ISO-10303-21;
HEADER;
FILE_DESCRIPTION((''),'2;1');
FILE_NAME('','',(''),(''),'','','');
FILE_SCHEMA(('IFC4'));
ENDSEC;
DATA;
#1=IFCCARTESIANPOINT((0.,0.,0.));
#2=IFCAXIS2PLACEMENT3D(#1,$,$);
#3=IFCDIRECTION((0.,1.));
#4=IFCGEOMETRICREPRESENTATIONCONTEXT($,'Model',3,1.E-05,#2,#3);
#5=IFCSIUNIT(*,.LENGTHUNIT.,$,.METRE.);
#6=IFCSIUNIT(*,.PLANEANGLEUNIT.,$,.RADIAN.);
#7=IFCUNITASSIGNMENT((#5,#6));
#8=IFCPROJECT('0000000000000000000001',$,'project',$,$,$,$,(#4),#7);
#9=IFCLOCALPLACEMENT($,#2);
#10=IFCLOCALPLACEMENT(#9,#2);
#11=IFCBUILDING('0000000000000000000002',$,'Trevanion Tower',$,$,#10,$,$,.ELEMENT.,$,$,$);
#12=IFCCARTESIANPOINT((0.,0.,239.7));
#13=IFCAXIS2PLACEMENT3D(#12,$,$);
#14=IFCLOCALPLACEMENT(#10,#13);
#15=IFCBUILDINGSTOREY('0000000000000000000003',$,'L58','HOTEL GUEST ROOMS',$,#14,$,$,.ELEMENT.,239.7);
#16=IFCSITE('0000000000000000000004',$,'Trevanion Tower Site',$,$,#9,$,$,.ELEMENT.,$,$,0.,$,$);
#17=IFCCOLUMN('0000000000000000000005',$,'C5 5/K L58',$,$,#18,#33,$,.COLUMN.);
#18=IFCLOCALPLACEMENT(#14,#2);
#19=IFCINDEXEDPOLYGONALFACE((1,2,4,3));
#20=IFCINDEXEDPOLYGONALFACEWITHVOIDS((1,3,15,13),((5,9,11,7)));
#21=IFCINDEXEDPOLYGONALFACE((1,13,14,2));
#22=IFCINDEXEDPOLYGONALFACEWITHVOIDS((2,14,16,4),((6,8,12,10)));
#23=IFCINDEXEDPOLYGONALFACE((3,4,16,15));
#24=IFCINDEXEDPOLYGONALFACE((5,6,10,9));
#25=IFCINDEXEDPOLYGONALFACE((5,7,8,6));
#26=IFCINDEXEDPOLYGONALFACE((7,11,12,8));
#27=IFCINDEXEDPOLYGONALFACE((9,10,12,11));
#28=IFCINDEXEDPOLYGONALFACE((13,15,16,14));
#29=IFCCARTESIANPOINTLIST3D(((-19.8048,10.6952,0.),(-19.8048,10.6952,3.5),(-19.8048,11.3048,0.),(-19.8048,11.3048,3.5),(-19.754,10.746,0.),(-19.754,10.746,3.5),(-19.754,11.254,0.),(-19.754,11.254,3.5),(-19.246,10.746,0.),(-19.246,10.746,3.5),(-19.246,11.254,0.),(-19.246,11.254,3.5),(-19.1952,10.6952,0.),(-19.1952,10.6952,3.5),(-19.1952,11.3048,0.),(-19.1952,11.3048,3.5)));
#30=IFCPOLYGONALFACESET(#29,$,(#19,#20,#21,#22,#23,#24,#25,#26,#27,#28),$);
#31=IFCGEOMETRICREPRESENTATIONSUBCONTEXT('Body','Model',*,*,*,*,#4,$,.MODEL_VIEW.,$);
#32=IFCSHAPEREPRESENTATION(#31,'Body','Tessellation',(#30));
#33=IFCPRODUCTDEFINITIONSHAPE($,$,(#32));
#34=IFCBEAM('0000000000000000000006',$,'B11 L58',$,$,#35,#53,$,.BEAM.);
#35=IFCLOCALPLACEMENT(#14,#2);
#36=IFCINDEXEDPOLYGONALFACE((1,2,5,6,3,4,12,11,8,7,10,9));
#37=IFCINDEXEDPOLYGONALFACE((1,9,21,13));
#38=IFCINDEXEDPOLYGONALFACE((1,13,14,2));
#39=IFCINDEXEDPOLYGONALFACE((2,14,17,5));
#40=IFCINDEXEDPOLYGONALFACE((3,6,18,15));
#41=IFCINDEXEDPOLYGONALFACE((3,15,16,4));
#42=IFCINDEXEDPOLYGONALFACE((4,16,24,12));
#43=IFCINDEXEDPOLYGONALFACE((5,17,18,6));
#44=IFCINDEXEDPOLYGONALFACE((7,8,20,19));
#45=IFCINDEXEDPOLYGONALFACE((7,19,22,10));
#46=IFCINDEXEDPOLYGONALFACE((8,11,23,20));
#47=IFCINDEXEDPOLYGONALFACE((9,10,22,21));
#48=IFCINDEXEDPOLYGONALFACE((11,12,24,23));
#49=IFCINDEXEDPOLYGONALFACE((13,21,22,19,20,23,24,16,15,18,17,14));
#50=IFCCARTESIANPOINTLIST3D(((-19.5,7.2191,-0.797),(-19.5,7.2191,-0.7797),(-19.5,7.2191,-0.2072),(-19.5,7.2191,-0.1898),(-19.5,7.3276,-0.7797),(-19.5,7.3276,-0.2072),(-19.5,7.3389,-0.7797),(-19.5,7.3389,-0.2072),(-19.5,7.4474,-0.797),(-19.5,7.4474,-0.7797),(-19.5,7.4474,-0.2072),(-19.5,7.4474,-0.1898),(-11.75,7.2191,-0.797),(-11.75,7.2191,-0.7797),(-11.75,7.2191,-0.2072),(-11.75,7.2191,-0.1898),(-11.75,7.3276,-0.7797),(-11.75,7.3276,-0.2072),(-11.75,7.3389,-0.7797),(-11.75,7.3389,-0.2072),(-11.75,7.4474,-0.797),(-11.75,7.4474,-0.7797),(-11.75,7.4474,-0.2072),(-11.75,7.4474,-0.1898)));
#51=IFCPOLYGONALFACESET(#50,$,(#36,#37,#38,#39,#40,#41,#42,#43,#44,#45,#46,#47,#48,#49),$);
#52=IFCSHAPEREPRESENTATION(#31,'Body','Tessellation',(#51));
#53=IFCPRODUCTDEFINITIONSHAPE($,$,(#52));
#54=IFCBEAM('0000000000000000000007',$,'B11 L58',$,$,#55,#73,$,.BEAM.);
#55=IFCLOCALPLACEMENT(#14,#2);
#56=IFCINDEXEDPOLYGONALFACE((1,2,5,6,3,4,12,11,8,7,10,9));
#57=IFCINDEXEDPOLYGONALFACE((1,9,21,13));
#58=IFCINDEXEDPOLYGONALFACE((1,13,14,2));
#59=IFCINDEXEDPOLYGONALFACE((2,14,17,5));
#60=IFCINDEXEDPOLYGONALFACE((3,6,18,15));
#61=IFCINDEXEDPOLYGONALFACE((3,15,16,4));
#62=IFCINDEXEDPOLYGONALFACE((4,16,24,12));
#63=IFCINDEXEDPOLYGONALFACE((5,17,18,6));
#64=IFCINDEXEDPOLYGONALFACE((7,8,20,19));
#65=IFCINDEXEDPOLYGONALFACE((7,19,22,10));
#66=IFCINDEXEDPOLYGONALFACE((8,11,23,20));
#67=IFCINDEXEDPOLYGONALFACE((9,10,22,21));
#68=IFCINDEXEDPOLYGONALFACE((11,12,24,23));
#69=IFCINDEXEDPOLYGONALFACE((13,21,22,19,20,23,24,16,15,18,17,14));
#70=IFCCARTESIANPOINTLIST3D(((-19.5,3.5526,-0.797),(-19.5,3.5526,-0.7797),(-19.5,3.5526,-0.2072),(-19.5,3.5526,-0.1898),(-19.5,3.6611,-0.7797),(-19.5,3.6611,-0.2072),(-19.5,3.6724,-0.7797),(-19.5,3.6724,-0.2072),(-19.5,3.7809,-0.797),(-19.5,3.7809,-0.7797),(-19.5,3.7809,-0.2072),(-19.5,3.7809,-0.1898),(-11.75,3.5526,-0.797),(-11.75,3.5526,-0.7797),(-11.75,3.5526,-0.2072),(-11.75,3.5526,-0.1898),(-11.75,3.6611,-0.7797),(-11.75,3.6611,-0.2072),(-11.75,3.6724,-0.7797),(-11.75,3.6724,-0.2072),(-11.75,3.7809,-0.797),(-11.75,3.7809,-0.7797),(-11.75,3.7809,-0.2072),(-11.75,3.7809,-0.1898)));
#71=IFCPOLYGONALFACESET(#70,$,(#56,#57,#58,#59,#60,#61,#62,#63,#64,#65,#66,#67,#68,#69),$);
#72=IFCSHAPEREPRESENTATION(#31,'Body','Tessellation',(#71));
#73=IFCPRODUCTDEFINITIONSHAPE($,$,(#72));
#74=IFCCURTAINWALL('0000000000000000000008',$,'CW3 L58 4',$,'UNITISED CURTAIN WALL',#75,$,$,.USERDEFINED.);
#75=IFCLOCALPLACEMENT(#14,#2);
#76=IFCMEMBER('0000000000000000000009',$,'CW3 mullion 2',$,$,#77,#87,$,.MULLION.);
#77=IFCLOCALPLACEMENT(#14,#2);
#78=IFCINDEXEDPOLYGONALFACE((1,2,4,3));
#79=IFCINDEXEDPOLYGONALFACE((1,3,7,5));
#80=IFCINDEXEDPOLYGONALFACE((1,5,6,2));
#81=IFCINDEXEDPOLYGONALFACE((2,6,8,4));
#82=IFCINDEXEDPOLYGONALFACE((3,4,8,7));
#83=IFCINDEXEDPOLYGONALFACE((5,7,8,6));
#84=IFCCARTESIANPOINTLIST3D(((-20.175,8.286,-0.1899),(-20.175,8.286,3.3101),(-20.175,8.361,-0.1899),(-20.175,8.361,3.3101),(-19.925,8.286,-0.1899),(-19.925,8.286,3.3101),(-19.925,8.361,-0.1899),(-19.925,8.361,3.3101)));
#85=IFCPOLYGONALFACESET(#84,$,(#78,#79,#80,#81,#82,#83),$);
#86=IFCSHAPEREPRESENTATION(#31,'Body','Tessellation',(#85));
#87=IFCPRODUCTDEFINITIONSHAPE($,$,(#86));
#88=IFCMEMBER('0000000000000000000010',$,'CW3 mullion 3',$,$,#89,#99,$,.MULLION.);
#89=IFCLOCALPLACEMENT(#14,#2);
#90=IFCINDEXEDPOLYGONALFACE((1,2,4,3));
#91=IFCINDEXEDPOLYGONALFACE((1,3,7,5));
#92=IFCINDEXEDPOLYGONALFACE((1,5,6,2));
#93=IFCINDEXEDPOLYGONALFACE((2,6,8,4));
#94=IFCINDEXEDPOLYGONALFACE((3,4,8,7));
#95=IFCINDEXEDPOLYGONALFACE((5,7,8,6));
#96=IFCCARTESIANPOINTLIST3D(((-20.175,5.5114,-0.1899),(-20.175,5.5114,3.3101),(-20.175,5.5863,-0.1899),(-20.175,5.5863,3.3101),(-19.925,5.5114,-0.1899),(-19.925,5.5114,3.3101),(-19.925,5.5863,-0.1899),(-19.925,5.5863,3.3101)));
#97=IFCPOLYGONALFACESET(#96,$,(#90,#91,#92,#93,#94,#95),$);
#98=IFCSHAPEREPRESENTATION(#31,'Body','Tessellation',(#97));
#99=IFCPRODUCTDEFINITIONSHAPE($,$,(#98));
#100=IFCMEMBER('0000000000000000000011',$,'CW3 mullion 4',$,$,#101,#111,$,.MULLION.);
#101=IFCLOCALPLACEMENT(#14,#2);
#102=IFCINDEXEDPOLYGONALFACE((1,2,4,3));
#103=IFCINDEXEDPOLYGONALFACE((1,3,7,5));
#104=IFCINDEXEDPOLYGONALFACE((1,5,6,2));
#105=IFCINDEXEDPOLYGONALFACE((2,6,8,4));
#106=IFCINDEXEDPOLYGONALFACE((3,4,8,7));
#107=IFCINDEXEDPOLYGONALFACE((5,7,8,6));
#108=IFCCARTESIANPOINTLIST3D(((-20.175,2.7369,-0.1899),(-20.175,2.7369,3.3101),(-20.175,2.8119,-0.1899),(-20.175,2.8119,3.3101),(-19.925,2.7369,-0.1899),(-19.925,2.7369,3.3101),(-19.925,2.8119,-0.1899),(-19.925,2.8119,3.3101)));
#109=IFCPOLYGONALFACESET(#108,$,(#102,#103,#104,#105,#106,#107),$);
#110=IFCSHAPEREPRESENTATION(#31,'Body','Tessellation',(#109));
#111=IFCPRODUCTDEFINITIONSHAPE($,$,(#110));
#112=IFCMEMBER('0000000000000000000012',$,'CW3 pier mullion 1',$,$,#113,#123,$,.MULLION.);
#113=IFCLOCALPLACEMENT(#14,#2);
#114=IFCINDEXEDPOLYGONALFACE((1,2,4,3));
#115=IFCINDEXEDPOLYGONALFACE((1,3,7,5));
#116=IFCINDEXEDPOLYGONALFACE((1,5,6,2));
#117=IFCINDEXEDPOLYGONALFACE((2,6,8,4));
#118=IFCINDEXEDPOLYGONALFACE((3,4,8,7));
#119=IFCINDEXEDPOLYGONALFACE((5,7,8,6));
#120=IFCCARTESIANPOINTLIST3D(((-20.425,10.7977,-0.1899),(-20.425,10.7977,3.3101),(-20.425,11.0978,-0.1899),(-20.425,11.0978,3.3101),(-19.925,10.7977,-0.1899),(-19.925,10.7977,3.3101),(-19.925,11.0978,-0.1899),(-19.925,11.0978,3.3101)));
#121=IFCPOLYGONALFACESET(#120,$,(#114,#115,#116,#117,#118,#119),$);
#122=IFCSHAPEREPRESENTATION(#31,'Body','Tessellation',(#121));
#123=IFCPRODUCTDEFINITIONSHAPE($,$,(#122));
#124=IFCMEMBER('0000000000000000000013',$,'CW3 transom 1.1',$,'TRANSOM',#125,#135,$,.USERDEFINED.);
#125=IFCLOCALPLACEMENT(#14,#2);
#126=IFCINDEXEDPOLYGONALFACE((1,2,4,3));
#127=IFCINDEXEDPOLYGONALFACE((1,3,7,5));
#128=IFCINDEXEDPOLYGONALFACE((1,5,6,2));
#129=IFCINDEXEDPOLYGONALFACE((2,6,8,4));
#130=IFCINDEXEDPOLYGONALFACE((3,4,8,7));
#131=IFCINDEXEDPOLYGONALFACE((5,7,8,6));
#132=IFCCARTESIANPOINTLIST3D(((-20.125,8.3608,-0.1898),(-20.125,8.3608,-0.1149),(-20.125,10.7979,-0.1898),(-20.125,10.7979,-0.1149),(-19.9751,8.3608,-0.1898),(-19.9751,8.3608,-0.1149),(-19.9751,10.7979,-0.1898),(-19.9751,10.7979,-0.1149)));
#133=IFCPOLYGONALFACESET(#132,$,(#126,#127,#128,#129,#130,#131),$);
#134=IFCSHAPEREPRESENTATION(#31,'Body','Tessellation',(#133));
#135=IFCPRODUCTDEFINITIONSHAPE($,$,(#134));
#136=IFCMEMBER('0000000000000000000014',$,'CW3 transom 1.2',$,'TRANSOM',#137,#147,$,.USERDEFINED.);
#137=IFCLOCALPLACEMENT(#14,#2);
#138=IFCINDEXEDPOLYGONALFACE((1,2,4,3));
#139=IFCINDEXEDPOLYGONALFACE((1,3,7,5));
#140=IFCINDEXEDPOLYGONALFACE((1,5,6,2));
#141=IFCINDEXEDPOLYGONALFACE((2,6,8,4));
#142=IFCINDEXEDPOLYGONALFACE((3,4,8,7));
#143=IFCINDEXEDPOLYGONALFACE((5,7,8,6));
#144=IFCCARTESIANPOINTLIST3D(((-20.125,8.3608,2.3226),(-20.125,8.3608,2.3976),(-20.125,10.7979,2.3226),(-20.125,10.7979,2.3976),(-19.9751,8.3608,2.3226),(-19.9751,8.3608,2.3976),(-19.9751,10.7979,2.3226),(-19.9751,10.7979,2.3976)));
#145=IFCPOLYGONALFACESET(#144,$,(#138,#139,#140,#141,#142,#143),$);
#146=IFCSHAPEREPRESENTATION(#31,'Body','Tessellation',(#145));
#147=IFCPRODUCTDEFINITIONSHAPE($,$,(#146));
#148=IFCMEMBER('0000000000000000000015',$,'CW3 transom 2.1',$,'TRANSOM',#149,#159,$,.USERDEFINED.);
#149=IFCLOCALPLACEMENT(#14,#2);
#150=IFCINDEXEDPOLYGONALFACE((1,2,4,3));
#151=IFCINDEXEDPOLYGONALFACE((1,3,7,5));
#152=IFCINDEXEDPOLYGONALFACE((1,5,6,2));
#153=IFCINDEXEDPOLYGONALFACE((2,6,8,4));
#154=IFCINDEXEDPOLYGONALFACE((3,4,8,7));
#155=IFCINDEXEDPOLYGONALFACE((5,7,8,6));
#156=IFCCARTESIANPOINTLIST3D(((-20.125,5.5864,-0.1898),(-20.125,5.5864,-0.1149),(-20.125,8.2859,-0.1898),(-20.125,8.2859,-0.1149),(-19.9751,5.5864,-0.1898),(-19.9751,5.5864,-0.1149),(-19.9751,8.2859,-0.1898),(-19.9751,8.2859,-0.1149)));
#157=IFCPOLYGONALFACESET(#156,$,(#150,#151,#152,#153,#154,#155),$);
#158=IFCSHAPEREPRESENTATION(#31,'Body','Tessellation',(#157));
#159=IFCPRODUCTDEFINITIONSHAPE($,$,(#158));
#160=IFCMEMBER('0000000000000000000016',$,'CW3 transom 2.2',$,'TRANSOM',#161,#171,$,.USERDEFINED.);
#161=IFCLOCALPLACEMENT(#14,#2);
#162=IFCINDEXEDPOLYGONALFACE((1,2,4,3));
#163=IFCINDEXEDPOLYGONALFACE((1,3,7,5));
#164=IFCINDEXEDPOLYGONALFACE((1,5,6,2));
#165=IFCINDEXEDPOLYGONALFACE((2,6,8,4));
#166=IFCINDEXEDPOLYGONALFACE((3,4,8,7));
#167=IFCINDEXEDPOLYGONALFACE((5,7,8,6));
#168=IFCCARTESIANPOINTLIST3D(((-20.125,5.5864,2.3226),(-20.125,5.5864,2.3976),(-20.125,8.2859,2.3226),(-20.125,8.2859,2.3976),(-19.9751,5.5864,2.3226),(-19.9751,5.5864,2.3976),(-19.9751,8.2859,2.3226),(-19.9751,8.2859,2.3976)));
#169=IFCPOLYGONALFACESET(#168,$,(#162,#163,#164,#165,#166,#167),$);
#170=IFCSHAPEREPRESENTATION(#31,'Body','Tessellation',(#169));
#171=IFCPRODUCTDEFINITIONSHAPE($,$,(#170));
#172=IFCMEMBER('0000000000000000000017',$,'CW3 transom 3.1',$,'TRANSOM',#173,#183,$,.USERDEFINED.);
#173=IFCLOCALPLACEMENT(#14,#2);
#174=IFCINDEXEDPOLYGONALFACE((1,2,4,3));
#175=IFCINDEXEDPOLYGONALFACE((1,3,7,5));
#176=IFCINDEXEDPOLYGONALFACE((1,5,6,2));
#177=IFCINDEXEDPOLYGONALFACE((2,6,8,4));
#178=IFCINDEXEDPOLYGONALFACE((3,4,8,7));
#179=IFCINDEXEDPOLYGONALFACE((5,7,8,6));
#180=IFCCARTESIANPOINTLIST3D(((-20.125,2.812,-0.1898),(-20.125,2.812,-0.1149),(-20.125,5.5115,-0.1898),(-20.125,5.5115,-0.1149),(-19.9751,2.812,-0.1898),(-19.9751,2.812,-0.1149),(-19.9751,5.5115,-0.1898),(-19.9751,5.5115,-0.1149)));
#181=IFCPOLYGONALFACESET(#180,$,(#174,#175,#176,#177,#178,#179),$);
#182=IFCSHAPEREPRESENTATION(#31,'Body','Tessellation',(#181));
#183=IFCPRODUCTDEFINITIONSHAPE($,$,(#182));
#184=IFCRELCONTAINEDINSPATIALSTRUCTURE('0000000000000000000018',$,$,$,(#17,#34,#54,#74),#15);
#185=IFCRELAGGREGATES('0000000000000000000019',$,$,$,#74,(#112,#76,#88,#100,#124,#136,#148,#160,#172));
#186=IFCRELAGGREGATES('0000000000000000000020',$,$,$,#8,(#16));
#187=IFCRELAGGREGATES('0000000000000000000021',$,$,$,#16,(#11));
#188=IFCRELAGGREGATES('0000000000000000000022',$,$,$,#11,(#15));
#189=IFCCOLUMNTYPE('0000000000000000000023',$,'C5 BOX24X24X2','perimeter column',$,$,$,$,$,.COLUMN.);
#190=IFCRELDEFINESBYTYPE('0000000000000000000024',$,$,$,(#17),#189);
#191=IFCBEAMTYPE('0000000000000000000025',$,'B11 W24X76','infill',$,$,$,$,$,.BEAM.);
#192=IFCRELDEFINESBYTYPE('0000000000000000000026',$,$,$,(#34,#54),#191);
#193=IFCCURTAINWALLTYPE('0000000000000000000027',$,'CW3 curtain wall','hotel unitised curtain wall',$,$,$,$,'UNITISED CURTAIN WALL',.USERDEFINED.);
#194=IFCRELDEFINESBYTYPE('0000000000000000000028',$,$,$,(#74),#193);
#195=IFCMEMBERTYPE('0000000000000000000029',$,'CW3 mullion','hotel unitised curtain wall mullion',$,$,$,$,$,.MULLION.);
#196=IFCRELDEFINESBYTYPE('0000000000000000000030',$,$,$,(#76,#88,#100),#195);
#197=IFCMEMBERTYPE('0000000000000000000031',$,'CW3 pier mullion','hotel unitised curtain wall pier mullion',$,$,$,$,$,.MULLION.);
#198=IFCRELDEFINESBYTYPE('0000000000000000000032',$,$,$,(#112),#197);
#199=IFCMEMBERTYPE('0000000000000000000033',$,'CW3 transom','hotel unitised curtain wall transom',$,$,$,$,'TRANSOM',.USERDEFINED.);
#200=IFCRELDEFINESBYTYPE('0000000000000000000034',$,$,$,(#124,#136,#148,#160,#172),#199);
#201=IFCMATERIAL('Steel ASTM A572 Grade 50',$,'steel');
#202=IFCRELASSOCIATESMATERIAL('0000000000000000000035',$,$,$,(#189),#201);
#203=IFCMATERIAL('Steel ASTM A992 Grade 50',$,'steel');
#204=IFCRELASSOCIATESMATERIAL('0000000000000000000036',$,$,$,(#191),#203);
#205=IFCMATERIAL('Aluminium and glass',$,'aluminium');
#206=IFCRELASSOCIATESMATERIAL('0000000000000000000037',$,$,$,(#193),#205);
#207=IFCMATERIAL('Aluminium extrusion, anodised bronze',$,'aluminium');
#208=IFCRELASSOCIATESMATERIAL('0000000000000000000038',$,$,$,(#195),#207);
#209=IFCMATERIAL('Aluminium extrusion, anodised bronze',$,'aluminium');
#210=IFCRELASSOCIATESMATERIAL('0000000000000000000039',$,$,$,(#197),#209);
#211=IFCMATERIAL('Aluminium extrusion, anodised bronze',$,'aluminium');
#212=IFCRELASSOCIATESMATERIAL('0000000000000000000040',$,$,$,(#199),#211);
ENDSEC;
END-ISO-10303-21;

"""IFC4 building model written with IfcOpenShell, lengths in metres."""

from ifc_helpers import new_model, si_unit, direction, frame, origin, origin_2d, place, context, subcontext, project, spatial, rectangle, hollow_rectangle, i_section, extrude, material, material_profile, profile_set, type_object, element, aggregate, save


model = new_model("IFC4")

# Units and contexts
model_context = context("Model", 3, precision=1e-05, world=origin(), true_north=direction((0.0, 1.0)))
body_context = subcontext(model_context, "Body", "Model", "MODEL_VIEW")
ifc_project = project(units=[si_unit("LENGTHUNIT", "METRE"), si_unit("PLANEANGLEUNIT", "RADIAN")], contexts=[model_context])

# Site, building, storey
site_placement = place(None, origin())
site = spatial("IfcSite", under=ifc_project, at=site_placement, Name="Trevanion Tower Site", CompositionType="ELEMENT", RefElevation=0.0)
building_placement = place(site_placement, origin())
building = spatial("IfcBuilding", under=site, at=building_placement, Name="Trevanion Tower", CompositionType="ELEMENT")
storey_placement = place(building_placement, frame((0.0, 0.0, 239.7)))
storey = spatial("IfcBuildingStorey", under=building, at=storey_placement, Name="L58", Description="HOTEL GUEST ROOMS", CompositionType="ELEMENT", Elevation=239.7)

# Column
ifc_material_1 = material(Name="Steel ASTM A572 Grade 50", Category="steel")
ifc_material_profile_1 = material_profile(ifc_material_1, hollow_rectangle(XDim=0.6096, YDim=0.6096, WallThickness=0.0508, at=origin_2d()), Name="BOX24X24X2")
ifc_profile_set_1 = profile_set([ifc_material_profile_1], Name="Steel ASTM A572 Grade 50")
column_type = type_object("IfcColumnType", Name="C5 BOX24X24X2", Description="perimeter column", PredefinedType="COLUMN", material=ifc_profile_set_1)
column_placement = place(storey_placement, frame((-19.5, 11.0, 0.0), z_axis=(0.0, 0.0, 1.0), x_axis=(0.0, 1.0, 0.0)))
element("IfcColumn", 1, at=column_placement, inside=storey, type_object=column_type, Name="C5 5/K L58", PredefinedType="COLUMN", context=body_context, shape_type="SweptSolid", body=[
    extrude(hollow_rectangle(XDim=0.6096, YDim=0.6096, WallThickness=0.0508, at=origin_2d()), origin(), (0.0, 0.0, 1.0), 3.5),
])

# Beams
ifc_material_2 = material(Name="Steel ASTM A992 Grade 50", Category="steel")
ifc_material_profile_2 = material_profile(ifc_material_2, i_section(OverallWidth=0.2283, OverallDepth=0.6072, WebThickness=0.0112, FlangeThickness=0.0173, at=origin_2d()), Name="W24X76")
ifc_profile_set_2 = profile_set([ifc_material_profile_2], Name="Steel ASTM A992 Grade 50")
beam_type_1 = type_object("IfcBeamType", Name="B11 W24X76", Description="infill", PredefinedType="BEAM", material=ifc_profile_set_2)
for number, where, z_axis, x_axis, name in (
    (2, (-11.75, 7.3333, -0.4934), (-1.0, 0.0, 0.0), (0.0, -1.0, 0.0), "B11 L58"),
    (3, (-11.75, 3.6667, -0.4934), (-1.0, 0.0, 0.0), (0.0, -1.0, 0.0), "B11 L58"),
):
    element("IfcBeam", number, at=place(storey_placement, frame(where, z_axis=z_axis, x_axis=x_axis)), inside=storey, type_object=beam_type_1, Name=name, PredefinedType="BEAM", context=body_context, shape_type="SweptSolid", body=[
        extrude(i_section(OverallWidth=0.2283, OverallDepth=0.6072, WebThickness=0.0112, FlangeThickness=0.0173, at=origin_2d()), origin(), (0.0, 0.0, 1.0), 7.75),
    ])

# Curtain wall, members
ifc_material_3 = material(Name="Aluminium and glass", Category="aluminium")
curtain_wall_type = type_object("IfcCurtainWallType", Name="CW3 curtain wall", Description="hotel unitised curtain wall", ElementType="UNITISED CURTAIN WALL", PredefinedType="USERDEFINED", material=ifc_material_3)
curtain_wall_placement = place(storey_placement, origin())
curtain_wall = element("IfcCurtainWall", 4, at=curtain_wall_placement, inside=storey, type_object=curtain_wall_type, Name="CW3 L58 4", ObjectType="UNITISED CURTAIN WALL", PredefinedType="USERDEFINED")
ifc_material_4 = material(Name="Aluminium extrusion, anodised bronze", Category="aluminium")
ifc_material_profile_3 = material_profile(ifc_material_4, rectangle(XDim=0.075, YDim=0.25, at=origin_2d()), Name="CW3 mullion")
ifc_profile_set_3 = profile_set([ifc_material_profile_3], Name="Aluminium extrusion, anodised bronze")
member_type_1 = type_object("IfcMemberType", Name="CW3 mullion", Description="hotel unitised curtain wall mullion", PredefinedType="MULLION", material=ifc_profile_set_3)
member_1_placement = place(storey_placement, frame((-20.05, 8.3235, -0.1899), z_axis=(0.0, 0.0, 1.0), x_axis=(0.0, -1.0, 0.0)))
member_1 = element("IfcMember", 5, at=member_1_placement, type_object=member_type_1, Name="CW3 mullion 2", PredefinedType="MULLION", context=body_context, shape_type="SweptSolid", body=[
    extrude(rectangle(XDim=0.075, YDim=0.25, at=origin_2d()), origin(), (0.0, 0.0, 1.0), 3.5),
])
member_2_placement = place(storey_placement, frame((-20.05, 5.5488, -0.1899), z_axis=(0.0, 0.0, 1.0), x_axis=(0.0, -1.0, 0.0)))
member_2 = element("IfcMember", 6, at=member_2_placement, type_object=member_type_1, Name="CW3 mullion 3", PredefinedType="MULLION", context=body_context, shape_type="SweptSolid", body=[
    extrude(rectangle(XDim=0.075, YDim=0.25, at=origin_2d()), origin(), (0.0, 0.0, 1.0), 3.5),
])
member_3_placement = place(storey_placement, frame((-20.05, 2.7744, -0.1899), z_axis=(0.0, 0.0, 1.0), x_axis=(0.0, -1.0, 0.0)))
member_3 = element("IfcMember", 7, at=member_3_placement, type_object=member_type_1, Name="CW3 mullion 4", PredefinedType="MULLION", context=body_context, shape_type="SweptSolid", body=[
    extrude(rectangle(XDim=0.075, YDim=0.25, at=origin_2d()), origin(), (0.0, 0.0, 1.0), 3.5),
])
ifc_material_5 = material(Name="Aluminium extrusion, anodised bronze", Category="aluminium")
ifc_material_profile_4 = material_profile(ifc_material_5, rectangle(XDim=0.3, YDim=0.5, at=origin_2d()), Name="CW3 pier mullion")
ifc_profile_set_4 = profile_set([ifc_material_profile_4], Name="Aluminium extrusion, anodised bronze")
member_type_2 = type_object("IfcMemberType", Name="CW3 pier mullion", Description="hotel unitised curtain wall pier mullion", PredefinedType="MULLION", material=ifc_profile_set_4)
member_4_placement = place(storey_placement, frame((-20.175, 10.9478, -0.1899), z_axis=(0.0, 0.0, 1.0), x_axis=(0.0, -1.0, 0.0)))
member_4 = element("IfcMember", 8, at=member_4_placement, type_object=member_type_2, Name="CW3 pier mullion 1", PredefinedType="MULLION", context=body_context, shape_type="SweptSolid", body=[
    extrude(rectangle(XDim=0.3, YDim=0.5, at=origin_2d()), origin(), (0.0, 0.0, 1.0), 3.5),
])
ifc_material_6 = material(Name="Aluminium extrusion, anodised bronze", Category="aluminium")
ifc_material_profile_5 = material_profile(ifc_material_6, rectangle(XDim=0.1499, YDim=0.075, at=origin_2d()), Name="CW3 transom")
ifc_profile_set_5 = profile_set([ifc_material_profile_5], Name="Aluminium extrusion, anodised bronze")
member_type_3 = type_object("IfcMemberType", Name="CW3 transom", Description="hotel unitised curtain wall transom", ElementType="TRANSOM", PredefinedType="USERDEFINED", material=ifc_profile_set_5)
member_5_placement = place(storey_placement, frame((-20.05, 10.7979, -0.1523), z_axis=(0.0, -1.0, 0.0), x_axis=(1.0, 0.0, 0.0)))
member_5 = element("IfcMember", 9, at=member_5_placement, type_object=member_type_3, Name="CW3 transom 1.1", ObjectType="TRANSOM", PredefinedType="USERDEFINED", context=body_context, shape_type="SweptSolid", body=[
    extrude(rectangle(XDim=0.1499, YDim=0.075, at=origin_2d()), origin(), (0.0, 0.0, 1.0), 2.437),
])
member_6_placement = place(storey_placement, frame((-20.05, 10.7979, 2.3601), z_axis=(0.0, -1.0, 0.0), x_axis=(1.0, 0.0, 0.0)))
member_6 = element("IfcMember", 10, at=member_6_placement, type_object=member_type_3, Name="CW3 transom 1.2", ObjectType="TRANSOM", PredefinedType="USERDEFINED", context=body_context, shape_type="SweptSolid", body=[
    extrude(rectangle(XDim=0.1499, YDim=0.075, at=origin_2d()), origin(), (0.0, 0.0, 1.0), 2.437),
])
member_7_placement = place(storey_placement, frame((-20.05, 8.2859, -0.1523), z_axis=(0.0, -1.0, 0.0), x_axis=(1.0, 0.0, 0.0)))
member_7 = element("IfcMember", 11, at=member_7_placement, type_object=member_type_3, Name="CW3 transom 2.1", ObjectType="TRANSOM", PredefinedType="USERDEFINED", context=body_context, shape_type="SweptSolid", body=[
    extrude(rectangle(XDim=0.1499, YDim=0.075, at=origin_2d()), origin(), (0.0, 0.0, 1.0), 2.6995),
])
member_8_placement = place(storey_placement, frame((-20.05, 8.2859, 2.3601), z_axis=(0.0, -1.0, 0.0), x_axis=(1.0, 0.0, 0.0)))
member_8 = element("IfcMember", 12, at=member_8_placement, type_object=member_type_3, Name="CW3 transom 2.2", ObjectType="TRANSOM", PredefinedType="USERDEFINED", context=body_context, shape_type="SweptSolid", body=[
    extrude(rectangle(XDim=0.1499, YDim=0.075, at=origin_2d()), origin(), (0.0, 0.0, 1.0), 2.6995),
])
member_9_placement = place(storey_placement, frame((-20.05, 5.5115, -0.1523), z_axis=(0.0, -1.0, 0.0), x_axis=(1.0, 0.0, 0.0)))
member_9 = element("IfcMember", 13, at=member_9_placement, type_object=member_type_3, Name="CW3 transom 3.1", ObjectType="TRANSOM", PredefinedType="USERDEFINED", context=body_context, shape_type="SweptSolid", body=[
    extrude(rectangle(XDim=0.1499, YDim=0.075, at=origin_2d()), origin(), (0.0, 0.0, 1.0), 2.6995),
])

aggregate(curtain_wall, [member_4, member_1, member_2, member_3, member_5, member_6, member_7, member_8, member_9])

save(model, "model.ifc")
